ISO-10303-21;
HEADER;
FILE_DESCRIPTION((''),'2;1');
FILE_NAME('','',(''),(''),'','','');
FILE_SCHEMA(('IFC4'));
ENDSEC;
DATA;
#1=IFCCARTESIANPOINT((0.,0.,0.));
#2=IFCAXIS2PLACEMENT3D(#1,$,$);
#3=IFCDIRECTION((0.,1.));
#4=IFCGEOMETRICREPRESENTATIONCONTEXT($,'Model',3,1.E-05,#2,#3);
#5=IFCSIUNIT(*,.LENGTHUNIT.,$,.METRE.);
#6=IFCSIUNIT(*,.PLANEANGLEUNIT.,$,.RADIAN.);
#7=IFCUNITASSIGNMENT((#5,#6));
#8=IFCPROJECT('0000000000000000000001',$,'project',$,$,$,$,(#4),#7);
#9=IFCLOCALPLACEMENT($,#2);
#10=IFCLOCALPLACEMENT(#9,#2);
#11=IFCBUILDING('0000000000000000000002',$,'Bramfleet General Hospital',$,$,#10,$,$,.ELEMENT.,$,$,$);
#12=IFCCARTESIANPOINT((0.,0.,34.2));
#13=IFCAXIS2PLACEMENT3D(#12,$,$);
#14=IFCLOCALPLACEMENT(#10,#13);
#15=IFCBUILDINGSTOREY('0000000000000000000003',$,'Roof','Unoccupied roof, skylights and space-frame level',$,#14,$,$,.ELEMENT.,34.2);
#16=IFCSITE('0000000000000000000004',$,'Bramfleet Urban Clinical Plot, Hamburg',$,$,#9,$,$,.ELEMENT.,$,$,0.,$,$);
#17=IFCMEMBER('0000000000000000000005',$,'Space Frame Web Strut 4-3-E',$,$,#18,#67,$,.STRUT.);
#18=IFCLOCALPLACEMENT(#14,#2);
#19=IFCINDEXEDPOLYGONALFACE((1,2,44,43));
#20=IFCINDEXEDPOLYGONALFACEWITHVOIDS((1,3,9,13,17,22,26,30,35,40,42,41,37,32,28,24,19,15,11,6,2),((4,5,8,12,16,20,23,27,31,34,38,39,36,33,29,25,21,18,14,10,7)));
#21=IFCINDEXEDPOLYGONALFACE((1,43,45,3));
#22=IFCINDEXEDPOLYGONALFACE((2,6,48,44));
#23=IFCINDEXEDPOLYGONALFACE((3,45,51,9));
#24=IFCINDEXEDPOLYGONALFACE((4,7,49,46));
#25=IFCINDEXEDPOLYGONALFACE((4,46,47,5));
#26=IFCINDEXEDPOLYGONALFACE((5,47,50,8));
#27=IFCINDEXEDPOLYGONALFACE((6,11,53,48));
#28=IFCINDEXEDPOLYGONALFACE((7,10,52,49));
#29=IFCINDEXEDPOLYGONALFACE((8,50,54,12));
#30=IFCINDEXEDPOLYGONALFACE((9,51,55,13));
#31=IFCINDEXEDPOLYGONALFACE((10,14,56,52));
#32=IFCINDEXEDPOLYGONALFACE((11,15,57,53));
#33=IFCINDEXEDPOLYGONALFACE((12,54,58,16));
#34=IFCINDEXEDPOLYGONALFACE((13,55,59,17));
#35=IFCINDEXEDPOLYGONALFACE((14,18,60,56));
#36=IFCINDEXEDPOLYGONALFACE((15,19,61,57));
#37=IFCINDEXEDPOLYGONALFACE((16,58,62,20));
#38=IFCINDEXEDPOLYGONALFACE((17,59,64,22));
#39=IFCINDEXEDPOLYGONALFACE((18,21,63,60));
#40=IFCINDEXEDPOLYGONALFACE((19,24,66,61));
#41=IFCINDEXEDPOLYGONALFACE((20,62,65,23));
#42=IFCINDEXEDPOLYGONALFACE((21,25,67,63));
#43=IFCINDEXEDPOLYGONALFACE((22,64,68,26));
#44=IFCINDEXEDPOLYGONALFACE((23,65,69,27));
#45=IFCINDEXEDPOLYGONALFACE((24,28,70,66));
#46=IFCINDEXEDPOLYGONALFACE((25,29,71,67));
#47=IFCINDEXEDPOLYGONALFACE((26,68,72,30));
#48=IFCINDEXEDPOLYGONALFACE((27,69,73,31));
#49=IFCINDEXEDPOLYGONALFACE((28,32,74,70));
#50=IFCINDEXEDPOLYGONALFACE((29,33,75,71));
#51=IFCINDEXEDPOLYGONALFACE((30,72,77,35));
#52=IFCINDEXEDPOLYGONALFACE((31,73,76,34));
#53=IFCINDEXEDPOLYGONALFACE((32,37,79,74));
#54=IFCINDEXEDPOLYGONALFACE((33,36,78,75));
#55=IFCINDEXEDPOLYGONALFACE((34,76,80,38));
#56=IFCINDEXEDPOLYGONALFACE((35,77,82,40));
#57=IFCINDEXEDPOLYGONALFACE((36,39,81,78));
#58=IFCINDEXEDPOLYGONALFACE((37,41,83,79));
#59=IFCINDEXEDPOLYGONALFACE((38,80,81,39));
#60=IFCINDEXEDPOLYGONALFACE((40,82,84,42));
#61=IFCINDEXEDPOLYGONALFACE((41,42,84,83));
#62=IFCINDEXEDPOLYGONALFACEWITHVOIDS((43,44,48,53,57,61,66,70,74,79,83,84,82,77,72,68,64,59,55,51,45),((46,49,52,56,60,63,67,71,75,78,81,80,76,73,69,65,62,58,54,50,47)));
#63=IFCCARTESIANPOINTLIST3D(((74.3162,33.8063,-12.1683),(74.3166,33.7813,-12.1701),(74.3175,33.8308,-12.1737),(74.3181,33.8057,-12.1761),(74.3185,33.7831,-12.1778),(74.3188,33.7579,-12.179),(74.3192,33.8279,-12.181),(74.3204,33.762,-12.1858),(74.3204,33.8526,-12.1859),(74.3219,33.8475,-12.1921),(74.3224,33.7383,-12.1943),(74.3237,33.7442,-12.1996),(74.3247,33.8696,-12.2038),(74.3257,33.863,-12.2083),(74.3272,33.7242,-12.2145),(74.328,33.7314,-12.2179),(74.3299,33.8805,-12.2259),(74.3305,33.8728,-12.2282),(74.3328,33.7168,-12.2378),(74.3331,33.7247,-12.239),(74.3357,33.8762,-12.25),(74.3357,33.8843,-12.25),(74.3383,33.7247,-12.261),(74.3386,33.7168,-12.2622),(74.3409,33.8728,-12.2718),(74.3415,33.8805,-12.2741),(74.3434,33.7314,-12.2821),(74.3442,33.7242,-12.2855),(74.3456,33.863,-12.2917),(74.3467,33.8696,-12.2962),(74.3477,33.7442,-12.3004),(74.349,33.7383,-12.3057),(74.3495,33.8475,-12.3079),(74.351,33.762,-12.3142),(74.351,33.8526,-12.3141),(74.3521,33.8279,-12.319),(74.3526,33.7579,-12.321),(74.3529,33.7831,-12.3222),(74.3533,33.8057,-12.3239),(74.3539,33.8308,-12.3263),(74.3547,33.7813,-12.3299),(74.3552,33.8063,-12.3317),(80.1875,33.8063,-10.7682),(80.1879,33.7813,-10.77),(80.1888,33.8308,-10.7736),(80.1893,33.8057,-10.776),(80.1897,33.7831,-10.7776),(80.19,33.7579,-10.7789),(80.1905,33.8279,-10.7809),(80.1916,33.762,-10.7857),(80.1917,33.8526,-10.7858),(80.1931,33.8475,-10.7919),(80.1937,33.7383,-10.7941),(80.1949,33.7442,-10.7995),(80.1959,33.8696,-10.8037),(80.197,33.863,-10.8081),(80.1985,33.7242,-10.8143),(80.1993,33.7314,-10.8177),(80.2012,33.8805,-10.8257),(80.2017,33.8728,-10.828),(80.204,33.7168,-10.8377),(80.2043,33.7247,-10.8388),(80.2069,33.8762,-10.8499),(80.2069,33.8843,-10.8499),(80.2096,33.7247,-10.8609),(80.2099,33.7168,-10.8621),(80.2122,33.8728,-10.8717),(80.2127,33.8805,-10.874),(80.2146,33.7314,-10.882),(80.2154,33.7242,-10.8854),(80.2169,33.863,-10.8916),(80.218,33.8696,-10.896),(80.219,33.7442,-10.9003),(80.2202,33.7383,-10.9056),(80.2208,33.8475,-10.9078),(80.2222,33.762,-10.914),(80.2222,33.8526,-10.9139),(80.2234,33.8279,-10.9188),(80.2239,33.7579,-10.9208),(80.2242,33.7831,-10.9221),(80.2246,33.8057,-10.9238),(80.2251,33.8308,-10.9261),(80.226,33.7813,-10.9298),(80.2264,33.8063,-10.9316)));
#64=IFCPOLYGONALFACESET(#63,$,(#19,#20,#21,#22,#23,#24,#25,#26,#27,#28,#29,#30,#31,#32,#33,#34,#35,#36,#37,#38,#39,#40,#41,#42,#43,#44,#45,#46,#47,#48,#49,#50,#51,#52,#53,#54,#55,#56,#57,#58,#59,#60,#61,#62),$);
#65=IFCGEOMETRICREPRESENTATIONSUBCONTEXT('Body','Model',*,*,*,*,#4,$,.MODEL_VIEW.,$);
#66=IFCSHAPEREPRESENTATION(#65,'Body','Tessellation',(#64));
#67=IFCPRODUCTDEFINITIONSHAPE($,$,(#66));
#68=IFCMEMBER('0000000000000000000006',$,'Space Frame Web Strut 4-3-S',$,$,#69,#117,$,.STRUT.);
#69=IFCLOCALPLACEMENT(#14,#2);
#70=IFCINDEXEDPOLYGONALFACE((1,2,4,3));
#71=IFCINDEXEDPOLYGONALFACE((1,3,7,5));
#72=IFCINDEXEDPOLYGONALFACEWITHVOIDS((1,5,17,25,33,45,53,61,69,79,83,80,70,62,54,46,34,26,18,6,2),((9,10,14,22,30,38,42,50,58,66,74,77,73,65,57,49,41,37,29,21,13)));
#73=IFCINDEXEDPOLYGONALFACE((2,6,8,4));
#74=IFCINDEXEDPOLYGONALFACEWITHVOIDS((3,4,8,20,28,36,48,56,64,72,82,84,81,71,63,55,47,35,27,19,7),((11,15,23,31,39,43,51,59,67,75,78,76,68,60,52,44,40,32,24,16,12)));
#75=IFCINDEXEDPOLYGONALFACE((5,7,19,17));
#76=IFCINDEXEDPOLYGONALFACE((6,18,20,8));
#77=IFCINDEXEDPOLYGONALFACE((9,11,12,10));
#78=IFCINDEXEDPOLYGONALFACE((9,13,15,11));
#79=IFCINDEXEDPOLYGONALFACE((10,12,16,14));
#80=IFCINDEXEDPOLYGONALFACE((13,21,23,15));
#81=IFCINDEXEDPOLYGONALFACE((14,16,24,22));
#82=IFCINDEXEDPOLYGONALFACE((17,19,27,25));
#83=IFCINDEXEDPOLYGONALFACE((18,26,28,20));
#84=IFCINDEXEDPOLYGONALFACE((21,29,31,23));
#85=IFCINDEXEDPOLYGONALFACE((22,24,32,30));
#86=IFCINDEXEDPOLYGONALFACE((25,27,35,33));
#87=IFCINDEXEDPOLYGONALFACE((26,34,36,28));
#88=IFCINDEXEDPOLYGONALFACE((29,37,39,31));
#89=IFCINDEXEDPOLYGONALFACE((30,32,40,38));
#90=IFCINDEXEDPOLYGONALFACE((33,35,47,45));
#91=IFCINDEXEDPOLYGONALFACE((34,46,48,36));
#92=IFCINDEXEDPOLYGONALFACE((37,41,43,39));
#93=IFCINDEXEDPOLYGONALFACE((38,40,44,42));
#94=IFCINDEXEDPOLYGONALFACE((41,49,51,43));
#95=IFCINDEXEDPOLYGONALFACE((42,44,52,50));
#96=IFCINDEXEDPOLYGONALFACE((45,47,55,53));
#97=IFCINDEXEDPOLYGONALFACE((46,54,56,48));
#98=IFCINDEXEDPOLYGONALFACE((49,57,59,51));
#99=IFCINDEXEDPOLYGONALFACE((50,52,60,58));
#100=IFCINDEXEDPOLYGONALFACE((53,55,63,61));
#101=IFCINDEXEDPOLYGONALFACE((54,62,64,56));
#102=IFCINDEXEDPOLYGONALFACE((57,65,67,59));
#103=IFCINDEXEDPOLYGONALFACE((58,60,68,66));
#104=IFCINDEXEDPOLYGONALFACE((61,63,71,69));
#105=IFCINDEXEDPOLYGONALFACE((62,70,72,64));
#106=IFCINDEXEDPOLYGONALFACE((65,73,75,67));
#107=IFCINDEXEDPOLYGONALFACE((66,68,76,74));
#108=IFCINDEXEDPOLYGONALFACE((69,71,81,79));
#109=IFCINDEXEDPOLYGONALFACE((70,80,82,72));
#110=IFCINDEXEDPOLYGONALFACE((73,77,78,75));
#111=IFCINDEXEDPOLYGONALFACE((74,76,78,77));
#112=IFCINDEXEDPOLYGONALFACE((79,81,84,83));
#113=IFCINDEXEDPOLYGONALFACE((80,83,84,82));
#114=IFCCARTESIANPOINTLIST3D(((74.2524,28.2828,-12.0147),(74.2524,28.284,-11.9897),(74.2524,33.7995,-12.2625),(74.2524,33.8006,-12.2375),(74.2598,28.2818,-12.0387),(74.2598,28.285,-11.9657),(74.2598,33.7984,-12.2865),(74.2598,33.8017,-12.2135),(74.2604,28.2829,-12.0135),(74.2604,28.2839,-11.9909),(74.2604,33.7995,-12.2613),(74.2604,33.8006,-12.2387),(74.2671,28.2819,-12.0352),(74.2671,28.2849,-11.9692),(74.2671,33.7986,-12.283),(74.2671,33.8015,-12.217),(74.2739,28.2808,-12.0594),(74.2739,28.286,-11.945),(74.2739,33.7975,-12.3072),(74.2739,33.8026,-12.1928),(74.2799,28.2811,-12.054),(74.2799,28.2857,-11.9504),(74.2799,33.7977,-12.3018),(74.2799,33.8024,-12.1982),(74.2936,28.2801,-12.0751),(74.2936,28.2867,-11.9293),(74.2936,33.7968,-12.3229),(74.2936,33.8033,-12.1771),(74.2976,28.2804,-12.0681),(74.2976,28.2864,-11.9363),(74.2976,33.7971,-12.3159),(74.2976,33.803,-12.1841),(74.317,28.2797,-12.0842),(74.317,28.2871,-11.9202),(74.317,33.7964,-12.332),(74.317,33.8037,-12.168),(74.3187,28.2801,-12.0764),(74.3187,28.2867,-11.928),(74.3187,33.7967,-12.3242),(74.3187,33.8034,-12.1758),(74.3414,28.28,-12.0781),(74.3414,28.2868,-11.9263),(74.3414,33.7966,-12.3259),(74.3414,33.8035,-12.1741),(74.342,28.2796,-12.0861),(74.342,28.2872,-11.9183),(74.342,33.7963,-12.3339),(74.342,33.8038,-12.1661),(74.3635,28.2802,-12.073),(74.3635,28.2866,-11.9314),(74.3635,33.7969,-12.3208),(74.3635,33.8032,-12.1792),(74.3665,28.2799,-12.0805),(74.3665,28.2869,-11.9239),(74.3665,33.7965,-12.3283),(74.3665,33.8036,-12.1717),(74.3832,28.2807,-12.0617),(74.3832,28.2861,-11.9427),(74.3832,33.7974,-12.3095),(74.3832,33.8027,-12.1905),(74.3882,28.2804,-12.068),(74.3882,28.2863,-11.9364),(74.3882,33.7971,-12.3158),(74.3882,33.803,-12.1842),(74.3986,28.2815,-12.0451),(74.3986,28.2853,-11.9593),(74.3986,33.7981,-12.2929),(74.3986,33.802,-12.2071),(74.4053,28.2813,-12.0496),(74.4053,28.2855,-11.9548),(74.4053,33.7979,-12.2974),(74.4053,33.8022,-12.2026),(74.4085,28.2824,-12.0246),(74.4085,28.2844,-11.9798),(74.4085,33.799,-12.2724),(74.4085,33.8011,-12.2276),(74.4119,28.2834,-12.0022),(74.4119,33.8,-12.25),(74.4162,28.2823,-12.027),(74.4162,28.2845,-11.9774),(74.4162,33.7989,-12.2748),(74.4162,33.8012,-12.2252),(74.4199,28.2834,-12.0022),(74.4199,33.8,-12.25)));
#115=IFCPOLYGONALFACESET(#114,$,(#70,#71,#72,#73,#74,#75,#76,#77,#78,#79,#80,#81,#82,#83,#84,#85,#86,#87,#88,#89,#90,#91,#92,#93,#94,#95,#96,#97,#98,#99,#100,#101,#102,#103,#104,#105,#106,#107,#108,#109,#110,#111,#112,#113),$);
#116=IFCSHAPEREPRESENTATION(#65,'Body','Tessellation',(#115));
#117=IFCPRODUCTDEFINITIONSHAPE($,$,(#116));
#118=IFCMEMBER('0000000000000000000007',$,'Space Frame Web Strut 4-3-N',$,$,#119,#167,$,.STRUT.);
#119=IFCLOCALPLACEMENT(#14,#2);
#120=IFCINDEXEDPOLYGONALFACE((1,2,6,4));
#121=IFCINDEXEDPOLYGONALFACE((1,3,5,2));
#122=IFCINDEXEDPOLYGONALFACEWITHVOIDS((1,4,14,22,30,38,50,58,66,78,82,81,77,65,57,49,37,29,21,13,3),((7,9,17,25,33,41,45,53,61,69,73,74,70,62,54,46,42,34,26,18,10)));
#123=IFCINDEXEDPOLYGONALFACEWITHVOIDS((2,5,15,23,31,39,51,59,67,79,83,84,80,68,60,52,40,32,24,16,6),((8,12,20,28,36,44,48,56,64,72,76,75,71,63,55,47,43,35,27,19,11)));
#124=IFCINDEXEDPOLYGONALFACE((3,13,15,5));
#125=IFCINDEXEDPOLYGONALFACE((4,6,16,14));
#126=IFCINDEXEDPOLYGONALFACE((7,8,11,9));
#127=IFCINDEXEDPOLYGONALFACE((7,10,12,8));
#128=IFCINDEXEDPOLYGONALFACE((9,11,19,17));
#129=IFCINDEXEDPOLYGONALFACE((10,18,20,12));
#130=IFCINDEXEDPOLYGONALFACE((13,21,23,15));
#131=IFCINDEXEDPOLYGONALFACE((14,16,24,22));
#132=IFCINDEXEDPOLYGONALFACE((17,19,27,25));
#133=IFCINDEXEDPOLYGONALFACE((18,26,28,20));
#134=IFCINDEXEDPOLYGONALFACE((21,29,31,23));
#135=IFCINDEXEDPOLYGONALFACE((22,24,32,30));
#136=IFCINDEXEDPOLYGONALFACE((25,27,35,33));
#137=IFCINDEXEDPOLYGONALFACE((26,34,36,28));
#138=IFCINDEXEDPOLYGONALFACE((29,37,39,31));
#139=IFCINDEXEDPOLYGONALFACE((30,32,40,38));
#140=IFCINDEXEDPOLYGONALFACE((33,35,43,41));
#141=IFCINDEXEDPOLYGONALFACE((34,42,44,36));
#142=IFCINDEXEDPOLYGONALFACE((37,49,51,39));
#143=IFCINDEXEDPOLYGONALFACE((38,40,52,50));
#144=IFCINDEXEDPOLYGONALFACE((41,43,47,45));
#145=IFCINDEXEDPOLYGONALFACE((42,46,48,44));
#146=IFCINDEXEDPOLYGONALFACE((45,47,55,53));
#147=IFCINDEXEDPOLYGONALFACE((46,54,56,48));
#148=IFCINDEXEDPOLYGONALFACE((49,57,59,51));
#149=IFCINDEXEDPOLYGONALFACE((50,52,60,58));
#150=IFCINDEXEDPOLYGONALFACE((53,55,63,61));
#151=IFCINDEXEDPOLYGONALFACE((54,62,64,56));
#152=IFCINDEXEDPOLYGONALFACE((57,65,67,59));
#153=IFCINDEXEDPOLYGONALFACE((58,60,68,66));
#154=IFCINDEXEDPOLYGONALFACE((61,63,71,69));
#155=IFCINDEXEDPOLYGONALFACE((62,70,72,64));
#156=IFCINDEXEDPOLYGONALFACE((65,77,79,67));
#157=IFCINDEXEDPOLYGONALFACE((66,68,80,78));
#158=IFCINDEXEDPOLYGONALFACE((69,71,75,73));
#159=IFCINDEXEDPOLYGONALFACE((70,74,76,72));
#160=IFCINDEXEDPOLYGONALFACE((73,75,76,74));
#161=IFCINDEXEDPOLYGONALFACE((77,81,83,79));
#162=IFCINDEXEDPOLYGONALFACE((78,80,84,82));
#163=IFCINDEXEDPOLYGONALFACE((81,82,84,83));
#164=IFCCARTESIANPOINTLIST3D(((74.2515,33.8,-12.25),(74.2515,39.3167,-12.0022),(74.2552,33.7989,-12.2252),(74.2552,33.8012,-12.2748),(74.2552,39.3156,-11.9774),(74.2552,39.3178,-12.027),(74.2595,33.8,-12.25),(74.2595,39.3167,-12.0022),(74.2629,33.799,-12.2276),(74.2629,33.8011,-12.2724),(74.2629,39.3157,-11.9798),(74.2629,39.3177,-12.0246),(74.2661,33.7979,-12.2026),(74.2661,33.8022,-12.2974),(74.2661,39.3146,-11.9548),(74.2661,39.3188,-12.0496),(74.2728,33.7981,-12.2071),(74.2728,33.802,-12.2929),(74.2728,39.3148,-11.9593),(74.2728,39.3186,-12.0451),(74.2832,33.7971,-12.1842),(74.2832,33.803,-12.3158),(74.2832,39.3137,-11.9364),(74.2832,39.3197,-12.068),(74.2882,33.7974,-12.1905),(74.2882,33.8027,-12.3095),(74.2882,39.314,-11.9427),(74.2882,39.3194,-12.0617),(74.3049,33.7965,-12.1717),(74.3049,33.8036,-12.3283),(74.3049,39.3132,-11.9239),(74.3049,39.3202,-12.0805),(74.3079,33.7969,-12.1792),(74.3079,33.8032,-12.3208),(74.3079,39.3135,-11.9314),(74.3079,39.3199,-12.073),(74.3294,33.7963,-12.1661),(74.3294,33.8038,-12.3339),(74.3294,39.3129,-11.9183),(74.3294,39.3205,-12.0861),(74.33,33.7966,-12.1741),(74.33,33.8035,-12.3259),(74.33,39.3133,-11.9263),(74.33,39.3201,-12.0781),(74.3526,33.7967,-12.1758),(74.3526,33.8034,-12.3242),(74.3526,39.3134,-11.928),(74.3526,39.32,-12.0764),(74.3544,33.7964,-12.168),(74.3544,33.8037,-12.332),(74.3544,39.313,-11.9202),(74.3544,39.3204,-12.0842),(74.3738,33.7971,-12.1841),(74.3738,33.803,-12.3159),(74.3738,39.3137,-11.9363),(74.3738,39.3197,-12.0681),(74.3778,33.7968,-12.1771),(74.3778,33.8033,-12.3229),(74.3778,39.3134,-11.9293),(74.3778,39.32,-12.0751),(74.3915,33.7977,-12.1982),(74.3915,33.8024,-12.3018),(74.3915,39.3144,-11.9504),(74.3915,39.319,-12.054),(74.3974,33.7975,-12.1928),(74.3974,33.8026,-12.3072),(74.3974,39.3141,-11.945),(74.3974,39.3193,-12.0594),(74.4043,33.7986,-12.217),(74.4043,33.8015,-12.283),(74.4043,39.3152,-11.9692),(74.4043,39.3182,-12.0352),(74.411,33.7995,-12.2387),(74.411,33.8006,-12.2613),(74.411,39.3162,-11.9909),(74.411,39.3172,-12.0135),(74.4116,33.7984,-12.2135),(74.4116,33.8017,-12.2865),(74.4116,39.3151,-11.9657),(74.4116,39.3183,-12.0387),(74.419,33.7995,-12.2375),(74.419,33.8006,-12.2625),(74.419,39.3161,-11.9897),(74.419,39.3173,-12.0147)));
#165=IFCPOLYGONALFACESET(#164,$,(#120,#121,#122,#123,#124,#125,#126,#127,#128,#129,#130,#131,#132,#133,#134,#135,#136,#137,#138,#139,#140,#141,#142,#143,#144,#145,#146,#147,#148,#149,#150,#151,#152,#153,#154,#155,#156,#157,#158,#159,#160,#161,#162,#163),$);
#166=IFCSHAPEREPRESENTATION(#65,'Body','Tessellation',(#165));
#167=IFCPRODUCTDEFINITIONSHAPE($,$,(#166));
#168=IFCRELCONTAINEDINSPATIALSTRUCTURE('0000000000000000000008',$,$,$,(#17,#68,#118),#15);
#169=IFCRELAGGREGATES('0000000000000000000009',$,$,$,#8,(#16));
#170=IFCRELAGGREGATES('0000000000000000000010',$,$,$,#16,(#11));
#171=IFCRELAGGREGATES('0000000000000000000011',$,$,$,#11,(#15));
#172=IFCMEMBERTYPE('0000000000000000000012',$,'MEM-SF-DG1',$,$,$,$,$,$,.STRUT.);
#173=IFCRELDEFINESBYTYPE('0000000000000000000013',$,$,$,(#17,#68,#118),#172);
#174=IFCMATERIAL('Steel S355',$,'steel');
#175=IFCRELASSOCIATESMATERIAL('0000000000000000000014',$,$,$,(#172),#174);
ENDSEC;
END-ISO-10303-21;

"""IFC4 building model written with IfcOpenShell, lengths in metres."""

from ifc_helpers import new_model, si_unit, direction, frame, origin, origin_2d, place, context, subcontext, project, spatial, hollow_circle, extrude, material, material_profile, profile_set, type_object, element, save


model = new_model("IFC4")

# Units and contexts
model_context = context("Model", 3, precision=1e-05, world=origin(), true_north=direction((0.0, 1.0)))
body_context = subcontext(model_context, "Body", "Model", "MODEL_VIEW")
ifc_project = project(units=[si_unit("LENGTHUNIT", "METRE"), si_unit("PLANEANGLEUNIT", "RADIAN")], contexts=[model_context])

# Site, building, storey
site_placement = place(None, origin())
site = spatial("IfcSite", under=ifc_project, at=site_placement, Name="Bramfleet Urban Clinical Plot, Hamburg", CompositionType="ELEMENT", RefElevation=0.0)
building_placement = place(site_placement, origin())
building = spatial("IfcBuilding", under=site, at=building_placement, Name="Bramfleet General Hospital", CompositionType="ELEMENT")
storey_placement = place(building_placement, frame((0.0, 0.0, 34.2)))
storey = spatial("IfcBuildingStorey", under=building, at=storey_placement, Name="Roof", Description="Unoccupied roof, skylights and space-frame level", CompositionType="ELEMENT", Elevation=34.2)

# Members
ifc_material = material(Name="Steel S355", Category="steel")
ifc_material_profile_1 = material_profile(ifc_material, hollow_circle(Radius=0.0842, WallThickness=0.0081, at=origin_2d()), Name="CHS 168.3x8.0")
ifc_profile_set_1 = profile_set([ifc_material_profile_1], Name="Steel S355")
member_type_1 = type_object("IfcMemberType", Name="MEM-SF-DG1", PredefinedType="STRUT", material=ifc_profile_set_1)
for number, where, z_axis, x_axis, name in (
    (1, (74.3357, 33.8, -12.25), (0.972724, 0.0, 0.231967), (0.0, 1.0, 0.0), "Space Frame Web Strut 4-3-E"),
):
    element("IfcMember", number, at=place(storey_placement, frame(where, z_axis=z_axis, x_axis=x_axis)), inside=storey, type_object=member_type_1, Name=name, PredefinedType="STRUT", context=body_context, shape_type="SweptSolid", body=[
        extrude(hollow_circle(Radius=0.0842, WallThickness=0.0081, at=origin_2d()), origin(), (0.0, 0.0, 1.0), 6.0359),
    ])
for number, where, z_axis, x_axis, name in (
    (2, (74.3357, 33.8, -12.25), (0.0, -0.998993, 0.044874), (1.0, 0.0, 0.0), "Space Frame Web Strut 4-3-S"),
    (3, (74.3357, 33.8, -12.25), (0.0, 0.998993, 0.044874), (-1.0, 0.0, 0.0), "Space Frame Web Strut 4-3-N"),
):
    element("IfcMember", number, at=place(storey_placement, frame(where, z_axis=z_axis, x_axis=x_axis)), inside=storey, type_object=member_type_1, Name=name, PredefinedType="STRUT", context=body_context, shape_type="SweptSolid", body=[
        extrude(hollow_circle(Radius=0.0842, WallThickness=0.0081, at=origin_2d()), origin(), (0.0, 0.0, 1.0), 5.5222),
    ])

save(model, "model.ifc")
